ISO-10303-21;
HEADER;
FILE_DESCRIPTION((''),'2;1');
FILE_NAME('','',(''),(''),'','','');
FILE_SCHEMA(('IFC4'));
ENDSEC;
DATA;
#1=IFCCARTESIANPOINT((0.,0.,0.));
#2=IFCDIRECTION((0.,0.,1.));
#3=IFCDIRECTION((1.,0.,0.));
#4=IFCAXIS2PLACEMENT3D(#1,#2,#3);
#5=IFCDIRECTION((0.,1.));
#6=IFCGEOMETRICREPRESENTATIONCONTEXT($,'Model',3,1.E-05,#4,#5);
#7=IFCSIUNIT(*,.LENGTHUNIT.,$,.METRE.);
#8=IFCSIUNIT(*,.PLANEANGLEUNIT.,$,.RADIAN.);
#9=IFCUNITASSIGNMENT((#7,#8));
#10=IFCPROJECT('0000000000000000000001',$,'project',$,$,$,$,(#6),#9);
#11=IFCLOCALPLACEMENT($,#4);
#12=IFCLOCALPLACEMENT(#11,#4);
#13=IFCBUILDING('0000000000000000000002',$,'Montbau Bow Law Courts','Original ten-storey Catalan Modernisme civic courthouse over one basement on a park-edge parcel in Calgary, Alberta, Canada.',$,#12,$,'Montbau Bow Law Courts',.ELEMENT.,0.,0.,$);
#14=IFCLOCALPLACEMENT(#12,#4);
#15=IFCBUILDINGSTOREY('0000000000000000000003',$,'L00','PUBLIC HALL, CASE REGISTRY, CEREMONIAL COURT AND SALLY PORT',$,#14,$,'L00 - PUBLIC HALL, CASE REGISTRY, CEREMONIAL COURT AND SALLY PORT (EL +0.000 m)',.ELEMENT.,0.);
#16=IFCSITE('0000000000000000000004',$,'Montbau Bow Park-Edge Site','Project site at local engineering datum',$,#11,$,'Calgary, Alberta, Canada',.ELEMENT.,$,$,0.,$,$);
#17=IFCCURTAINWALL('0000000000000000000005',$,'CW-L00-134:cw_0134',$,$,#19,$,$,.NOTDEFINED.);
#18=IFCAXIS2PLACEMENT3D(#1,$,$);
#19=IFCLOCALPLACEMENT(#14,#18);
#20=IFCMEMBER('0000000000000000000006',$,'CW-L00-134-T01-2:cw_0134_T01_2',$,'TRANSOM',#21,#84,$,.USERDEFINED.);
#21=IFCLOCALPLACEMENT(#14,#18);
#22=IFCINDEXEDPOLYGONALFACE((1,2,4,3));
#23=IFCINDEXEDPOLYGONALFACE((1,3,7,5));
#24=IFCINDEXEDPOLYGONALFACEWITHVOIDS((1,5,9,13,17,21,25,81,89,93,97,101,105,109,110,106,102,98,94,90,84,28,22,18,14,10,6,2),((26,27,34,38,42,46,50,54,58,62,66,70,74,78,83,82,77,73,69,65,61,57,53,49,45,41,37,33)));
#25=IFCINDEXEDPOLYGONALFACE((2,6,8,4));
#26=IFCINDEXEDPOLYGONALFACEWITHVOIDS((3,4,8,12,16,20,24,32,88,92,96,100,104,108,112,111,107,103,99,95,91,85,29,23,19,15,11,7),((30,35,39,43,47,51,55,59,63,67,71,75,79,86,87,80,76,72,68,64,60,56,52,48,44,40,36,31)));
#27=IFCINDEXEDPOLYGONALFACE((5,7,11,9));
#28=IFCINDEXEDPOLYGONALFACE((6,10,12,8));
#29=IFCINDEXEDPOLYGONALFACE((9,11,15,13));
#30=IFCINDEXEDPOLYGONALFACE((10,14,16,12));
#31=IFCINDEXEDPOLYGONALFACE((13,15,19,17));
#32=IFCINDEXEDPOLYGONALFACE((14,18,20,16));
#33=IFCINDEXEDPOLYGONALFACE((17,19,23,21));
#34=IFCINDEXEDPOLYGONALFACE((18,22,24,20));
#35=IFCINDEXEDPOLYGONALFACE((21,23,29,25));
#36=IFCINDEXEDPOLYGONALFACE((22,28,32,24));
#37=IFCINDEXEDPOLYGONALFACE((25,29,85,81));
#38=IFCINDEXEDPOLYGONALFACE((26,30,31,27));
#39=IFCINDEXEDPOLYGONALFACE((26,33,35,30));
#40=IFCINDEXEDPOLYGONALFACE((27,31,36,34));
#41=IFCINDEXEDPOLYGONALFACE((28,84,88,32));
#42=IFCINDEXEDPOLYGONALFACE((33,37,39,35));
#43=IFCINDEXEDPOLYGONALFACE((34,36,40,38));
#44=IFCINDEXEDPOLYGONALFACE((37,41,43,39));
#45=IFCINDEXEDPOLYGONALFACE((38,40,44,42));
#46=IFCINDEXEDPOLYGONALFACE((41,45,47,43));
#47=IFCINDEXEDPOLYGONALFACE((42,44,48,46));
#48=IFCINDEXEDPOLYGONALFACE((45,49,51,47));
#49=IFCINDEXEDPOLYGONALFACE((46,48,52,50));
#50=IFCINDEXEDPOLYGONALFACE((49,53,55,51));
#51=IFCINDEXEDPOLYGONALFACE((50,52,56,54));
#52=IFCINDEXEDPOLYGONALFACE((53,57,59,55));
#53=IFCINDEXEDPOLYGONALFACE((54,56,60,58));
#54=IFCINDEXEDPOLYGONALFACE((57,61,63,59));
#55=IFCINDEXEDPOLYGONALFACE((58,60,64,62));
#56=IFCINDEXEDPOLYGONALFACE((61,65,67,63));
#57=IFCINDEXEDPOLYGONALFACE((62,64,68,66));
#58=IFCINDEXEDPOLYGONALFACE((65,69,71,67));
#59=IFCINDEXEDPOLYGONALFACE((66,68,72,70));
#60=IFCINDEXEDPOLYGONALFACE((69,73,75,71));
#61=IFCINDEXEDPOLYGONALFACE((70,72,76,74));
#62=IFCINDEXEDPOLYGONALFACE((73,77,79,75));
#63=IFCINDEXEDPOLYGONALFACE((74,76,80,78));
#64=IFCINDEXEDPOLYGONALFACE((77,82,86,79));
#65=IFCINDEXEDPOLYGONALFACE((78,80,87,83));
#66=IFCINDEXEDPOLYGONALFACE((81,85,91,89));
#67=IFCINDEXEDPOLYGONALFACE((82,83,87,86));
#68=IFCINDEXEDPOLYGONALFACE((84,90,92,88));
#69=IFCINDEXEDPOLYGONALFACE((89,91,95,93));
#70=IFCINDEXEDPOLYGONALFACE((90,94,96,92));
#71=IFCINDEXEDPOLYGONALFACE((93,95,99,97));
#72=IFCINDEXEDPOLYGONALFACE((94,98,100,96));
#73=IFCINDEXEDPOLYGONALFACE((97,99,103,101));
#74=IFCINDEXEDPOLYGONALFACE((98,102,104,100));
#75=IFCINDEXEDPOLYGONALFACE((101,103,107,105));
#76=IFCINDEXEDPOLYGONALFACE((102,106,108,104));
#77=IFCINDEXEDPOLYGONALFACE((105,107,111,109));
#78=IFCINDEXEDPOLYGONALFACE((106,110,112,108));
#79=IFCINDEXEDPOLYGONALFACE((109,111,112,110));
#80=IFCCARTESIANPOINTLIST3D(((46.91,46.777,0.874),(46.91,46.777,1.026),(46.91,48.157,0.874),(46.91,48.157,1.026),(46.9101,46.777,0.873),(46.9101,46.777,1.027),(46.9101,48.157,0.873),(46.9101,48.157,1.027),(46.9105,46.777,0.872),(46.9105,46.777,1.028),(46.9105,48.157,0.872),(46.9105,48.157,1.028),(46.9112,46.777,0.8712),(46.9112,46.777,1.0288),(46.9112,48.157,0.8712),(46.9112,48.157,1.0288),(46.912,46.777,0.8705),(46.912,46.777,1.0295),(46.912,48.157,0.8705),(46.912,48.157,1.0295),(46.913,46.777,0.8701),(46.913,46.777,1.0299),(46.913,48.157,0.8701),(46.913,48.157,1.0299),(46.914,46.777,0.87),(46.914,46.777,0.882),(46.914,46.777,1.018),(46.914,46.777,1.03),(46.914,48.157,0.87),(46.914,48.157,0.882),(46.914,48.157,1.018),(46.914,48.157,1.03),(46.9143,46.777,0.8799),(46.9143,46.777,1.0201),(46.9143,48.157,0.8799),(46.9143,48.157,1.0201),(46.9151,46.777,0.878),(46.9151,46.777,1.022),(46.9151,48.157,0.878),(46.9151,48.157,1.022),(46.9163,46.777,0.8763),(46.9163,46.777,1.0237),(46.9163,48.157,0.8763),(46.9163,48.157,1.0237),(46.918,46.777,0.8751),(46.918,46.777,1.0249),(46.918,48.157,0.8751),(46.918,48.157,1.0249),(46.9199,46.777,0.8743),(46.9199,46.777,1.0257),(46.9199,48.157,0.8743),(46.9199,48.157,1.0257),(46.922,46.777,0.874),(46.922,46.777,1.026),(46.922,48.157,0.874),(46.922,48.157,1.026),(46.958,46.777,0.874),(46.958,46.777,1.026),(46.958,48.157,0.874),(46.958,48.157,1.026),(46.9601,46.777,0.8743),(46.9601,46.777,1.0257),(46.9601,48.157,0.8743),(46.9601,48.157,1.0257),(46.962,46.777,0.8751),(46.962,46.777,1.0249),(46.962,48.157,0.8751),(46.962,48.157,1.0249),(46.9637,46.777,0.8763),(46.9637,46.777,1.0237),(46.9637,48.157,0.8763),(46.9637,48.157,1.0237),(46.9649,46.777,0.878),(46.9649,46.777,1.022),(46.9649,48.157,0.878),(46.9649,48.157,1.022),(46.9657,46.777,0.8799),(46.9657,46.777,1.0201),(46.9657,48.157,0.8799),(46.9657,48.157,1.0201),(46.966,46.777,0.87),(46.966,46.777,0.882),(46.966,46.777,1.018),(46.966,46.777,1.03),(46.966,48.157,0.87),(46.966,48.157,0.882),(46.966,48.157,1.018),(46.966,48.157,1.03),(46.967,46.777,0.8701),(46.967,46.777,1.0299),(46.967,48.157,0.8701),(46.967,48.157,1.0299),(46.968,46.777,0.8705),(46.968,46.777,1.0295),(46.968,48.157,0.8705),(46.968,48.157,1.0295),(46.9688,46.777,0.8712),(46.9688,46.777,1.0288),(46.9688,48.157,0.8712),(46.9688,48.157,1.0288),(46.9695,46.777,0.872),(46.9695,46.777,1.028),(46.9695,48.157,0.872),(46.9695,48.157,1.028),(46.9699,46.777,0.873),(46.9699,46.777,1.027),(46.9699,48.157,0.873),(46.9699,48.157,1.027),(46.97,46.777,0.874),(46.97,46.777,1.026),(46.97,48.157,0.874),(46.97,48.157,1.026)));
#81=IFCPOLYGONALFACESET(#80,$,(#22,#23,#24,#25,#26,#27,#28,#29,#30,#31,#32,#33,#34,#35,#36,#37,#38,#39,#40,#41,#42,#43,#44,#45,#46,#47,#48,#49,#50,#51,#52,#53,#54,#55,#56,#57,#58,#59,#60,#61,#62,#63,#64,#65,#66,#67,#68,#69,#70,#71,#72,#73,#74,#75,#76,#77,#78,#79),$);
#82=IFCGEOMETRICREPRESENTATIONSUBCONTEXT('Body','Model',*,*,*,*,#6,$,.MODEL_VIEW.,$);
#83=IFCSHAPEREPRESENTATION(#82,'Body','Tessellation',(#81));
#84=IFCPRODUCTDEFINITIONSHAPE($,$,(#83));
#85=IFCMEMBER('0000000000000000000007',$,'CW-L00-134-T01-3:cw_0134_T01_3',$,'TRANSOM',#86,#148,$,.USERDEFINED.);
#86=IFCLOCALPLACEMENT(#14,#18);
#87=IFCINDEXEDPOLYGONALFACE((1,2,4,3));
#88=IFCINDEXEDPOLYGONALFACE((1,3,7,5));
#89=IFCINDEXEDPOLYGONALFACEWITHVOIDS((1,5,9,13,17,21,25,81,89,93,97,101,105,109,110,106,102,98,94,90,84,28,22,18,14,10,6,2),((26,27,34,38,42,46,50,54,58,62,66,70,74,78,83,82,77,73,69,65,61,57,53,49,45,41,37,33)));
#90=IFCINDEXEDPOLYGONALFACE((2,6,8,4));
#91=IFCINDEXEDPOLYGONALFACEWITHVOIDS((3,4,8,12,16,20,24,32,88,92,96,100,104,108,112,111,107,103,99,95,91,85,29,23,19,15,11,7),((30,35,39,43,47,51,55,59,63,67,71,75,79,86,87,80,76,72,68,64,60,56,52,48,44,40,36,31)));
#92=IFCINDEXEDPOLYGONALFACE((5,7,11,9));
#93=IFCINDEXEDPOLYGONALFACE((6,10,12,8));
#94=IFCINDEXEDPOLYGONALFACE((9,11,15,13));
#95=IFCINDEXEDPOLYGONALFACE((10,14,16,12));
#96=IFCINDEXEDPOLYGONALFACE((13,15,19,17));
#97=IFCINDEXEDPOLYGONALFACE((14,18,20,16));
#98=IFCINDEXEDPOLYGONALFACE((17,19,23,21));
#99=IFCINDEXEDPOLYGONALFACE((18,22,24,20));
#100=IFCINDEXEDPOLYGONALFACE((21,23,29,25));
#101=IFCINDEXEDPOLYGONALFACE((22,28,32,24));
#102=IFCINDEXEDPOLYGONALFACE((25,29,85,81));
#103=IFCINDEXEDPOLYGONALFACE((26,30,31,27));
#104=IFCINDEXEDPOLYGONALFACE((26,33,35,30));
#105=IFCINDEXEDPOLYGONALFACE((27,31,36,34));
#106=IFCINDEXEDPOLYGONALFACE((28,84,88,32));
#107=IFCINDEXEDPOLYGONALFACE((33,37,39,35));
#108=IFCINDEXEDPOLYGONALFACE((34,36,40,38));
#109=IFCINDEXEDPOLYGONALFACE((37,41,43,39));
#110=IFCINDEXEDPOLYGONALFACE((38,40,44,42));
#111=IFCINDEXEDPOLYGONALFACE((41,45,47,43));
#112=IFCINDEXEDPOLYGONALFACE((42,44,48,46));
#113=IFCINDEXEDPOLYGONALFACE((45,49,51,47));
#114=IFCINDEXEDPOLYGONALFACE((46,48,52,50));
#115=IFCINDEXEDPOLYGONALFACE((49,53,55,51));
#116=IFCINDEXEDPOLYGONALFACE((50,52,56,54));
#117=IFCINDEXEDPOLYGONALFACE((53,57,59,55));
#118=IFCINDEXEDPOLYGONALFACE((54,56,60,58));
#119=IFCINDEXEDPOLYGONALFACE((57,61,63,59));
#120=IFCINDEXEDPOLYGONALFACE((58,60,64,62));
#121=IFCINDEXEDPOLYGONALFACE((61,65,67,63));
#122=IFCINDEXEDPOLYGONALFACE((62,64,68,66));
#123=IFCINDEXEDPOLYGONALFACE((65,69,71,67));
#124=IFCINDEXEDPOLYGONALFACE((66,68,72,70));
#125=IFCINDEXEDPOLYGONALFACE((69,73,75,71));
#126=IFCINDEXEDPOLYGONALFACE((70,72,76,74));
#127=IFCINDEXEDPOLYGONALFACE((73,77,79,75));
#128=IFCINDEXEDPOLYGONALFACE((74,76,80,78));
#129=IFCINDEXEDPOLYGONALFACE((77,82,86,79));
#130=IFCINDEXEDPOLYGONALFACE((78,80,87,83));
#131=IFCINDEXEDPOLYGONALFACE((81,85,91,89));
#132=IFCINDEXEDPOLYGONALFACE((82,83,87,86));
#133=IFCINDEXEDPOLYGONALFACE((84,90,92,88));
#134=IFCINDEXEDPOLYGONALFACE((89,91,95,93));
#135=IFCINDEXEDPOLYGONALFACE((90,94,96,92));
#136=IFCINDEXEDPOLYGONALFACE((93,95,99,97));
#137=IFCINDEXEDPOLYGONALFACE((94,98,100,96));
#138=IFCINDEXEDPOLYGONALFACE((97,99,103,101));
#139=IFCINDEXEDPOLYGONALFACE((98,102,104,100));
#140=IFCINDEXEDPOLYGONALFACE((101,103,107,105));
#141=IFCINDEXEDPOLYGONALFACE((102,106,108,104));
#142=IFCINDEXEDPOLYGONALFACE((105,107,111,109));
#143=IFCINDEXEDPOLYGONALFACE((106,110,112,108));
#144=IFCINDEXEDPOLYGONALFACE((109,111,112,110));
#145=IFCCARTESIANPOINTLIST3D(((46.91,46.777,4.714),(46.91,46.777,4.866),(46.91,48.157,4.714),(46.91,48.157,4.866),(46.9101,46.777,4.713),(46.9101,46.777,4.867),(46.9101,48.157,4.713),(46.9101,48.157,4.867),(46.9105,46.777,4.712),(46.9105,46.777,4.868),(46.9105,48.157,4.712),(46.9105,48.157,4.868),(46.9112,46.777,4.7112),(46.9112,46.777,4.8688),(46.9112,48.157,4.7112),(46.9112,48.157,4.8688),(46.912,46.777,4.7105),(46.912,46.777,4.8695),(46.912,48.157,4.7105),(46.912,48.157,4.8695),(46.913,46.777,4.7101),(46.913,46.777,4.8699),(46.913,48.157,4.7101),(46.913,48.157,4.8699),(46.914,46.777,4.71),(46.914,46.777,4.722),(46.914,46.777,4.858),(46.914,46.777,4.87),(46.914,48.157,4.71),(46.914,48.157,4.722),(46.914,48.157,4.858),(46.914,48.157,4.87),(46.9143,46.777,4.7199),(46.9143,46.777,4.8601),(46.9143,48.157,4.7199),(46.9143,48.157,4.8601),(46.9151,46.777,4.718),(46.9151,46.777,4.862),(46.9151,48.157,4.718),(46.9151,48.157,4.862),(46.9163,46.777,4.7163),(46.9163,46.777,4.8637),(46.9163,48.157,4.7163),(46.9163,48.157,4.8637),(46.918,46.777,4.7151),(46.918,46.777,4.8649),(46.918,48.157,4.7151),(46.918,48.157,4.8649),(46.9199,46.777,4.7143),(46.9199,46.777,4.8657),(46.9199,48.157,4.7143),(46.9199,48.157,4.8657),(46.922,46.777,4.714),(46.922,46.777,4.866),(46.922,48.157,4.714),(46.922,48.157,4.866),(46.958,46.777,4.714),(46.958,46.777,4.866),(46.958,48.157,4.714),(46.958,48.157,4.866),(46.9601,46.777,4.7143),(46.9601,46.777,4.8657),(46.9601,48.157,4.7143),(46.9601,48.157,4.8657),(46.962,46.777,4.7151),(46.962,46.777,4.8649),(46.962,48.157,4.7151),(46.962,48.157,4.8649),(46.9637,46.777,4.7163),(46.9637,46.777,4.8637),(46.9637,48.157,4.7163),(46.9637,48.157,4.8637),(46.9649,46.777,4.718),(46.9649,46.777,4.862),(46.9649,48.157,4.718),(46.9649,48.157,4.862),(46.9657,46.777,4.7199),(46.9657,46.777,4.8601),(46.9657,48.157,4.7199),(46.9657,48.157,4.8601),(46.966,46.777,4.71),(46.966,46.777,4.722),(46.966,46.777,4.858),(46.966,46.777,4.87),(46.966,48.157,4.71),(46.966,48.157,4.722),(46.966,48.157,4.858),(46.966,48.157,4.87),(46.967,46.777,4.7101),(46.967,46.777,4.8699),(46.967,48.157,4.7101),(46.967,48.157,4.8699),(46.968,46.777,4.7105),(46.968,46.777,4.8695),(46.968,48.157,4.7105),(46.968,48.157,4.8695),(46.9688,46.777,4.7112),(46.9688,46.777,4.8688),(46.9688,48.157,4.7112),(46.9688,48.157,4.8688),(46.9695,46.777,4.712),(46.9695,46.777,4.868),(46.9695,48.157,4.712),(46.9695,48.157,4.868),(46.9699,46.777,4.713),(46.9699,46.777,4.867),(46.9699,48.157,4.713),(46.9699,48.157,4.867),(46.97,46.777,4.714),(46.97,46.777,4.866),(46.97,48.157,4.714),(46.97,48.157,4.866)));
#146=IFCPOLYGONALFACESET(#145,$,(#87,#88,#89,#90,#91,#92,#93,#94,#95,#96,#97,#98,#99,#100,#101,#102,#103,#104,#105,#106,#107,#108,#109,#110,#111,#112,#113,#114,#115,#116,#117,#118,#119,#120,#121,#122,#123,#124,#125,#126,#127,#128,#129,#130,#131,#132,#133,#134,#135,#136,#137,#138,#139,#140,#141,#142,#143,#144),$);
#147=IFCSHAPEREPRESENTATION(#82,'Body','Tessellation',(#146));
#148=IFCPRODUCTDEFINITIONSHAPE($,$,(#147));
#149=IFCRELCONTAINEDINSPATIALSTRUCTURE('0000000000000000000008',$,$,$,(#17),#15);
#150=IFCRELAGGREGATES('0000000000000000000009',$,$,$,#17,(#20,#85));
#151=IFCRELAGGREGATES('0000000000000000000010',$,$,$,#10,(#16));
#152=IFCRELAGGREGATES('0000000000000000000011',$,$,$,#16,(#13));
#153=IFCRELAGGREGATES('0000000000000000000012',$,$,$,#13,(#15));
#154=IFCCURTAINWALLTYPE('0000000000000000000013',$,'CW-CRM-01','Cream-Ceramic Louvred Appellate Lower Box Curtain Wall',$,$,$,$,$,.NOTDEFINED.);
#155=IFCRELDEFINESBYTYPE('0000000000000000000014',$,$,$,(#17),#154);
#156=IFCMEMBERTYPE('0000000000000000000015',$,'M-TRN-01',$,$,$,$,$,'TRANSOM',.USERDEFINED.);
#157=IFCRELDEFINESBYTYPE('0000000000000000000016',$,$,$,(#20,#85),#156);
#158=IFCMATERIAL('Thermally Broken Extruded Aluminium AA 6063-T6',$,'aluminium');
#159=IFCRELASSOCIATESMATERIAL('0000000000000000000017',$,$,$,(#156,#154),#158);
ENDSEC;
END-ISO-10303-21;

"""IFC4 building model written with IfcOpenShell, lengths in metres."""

from ifc_helpers import new_model, si_unit, direction, frame, origin_with_axes, origin_2d_with_axis, place, context, subcontext, project, spatial, hollow_rectangle, extrude, material, material_profile, profile_set, type_object, element, aggregate, save


model = new_model("IFC4")

# Units and contexts
model_context = context("Model", 3, precision=1e-05, world=origin_with_axes(), true_north=direction((0.0, 1.0)))
body_context = subcontext(model_context, "Body", "Model", "MODEL_VIEW")
ifc_project = project(units=[si_unit("LENGTHUNIT", "METRE"), si_unit("PLANEANGLEUNIT", "RADIAN")], contexts=[model_context])

# Site, building, storey
site_placement = place(None, origin_with_axes())
site = spatial("IfcSite", under=ifc_project, at=site_placement, Name="Montbau Bow Park-Edge Site", Description="Project site at local engineering datum", LongName="Calgary, Alberta, Canada", CompositionType="ELEMENT", RefElevation=0.0)
building_placement = place(site_placement, origin_with_axes())
building = spatial("IfcBuilding", under=site, at=building_placement, Name="Montbau Bow Law Courts", Description="Original ten-storey Catalan Modernisme civic courthouse over one basement on a park-edge parcel in Calgary, Alberta, Canada.", LongName="Montbau Bow Law Courts", CompositionType="ELEMENT", ElevationOfRefHeight=0.0, ElevationOfTerrain=0.0)
storey_placement = place(building_placement, origin_with_axes())
storey = spatial("IfcBuildingStorey", under=building, at=storey_placement, Name="L00", Description="PUBLIC HALL, CASE REGISTRY, CEREMONIAL COURT AND SALLY PORT", LongName="L00 - PUBLIC HALL, CASE REGISTRY, CEREMONIAL COURT AND SALLY PORT (EL +0.000 m)", CompositionType="ELEMENT", Elevation=0.0)

# Curtain wall, members
ifc_material_1 = material(Name="Thermally Broken Extruded Aluminium AA 6063-T6", Category="aluminium")
ifc_material_profile_1 = material_profile(ifc_material_1, hollow_rectangle(XDim=0.06, YDim=0.16, WallThickness=0.004, InnerFilletRadius=0.008, OuterFilletRadius=0.004, at=origin_2d_with_axis()), Name="CWT-160X60", Category="Main", Priority=0)
ifc_profile_set_1 = profile_set([ifc_material_profile_1], Name="Thermally Broken Extruded Aluminium AA 6063-T6")
member_type_1 = type_object("IfcMemberType", Name="M-TRN-01", ElementType="TRANSOM", PredefinedType="USERDEFINED", material=ifc_profile_set_1)
curtain_wall_type_1 = type_object("IfcCurtainWallType", Name="CW-CRM-01", Description="Cream-Ceramic Louvred Appellate Lower Box Curtain Wall", PredefinedType="NOTDEFINED", material=ifc_material_1)
curtain_wall_1_placement = place(None, frame((46.94, 46.715, 0.0), z_axis=(0.0, 0.0, 1.0), x_axis=(1.0, 0.0, 0.0)))
curtain_wall_1 = element("IfcCurtainWall", 1, at=curtain_wall_1_placement, inside=storey, type_object=curtain_wall_type_1, Name="CW-L00-134:cw_0134", PredefinedType="NOTDEFINED")
member_1_placement = place(None, frame((46.94, 46.777, 0.95), z_axis=(0.0, 1.0, 0.0), x_axis=(-1.0, 0.0, 0.0)))
member_1 = element("IfcMember", 2, at=member_1_placement, type_object=member_type_1, Name="CW-L00-134-T01-2:cw_0134_T01_2", ObjectType="TRANSOM", PredefinedType="USERDEFINED", context=body_context, shape_type="SweptSolid", body=[
    extrude(hollow_rectangle(XDim=0.06, YDim=0.16, WallThickness=0.004, InnerFilletRadius=0.008, OuterFilletRadius=0.004, at=origin_2d_with_axis()), origin_with_axes(), (0.0, 0.0, 1.0), 1.38),
])
member_2_placement = place(None, frame((46.94, 46.777, 4.79), z_axis=(0.0, 1.0, 0.0), x_axis=(-1.0, 0.0, 0.0)))
member_2 = element("IfcMember", 3, at=member_2_placement, type_object=member_type_1, Name="CW-L00-134-T01-3:cw_0134_T01_3", ObjectType="TRANSOM", PredefinedType="USERDEFINED", context=body_context, shape_type="SweptSolid", body=[
    extrude(hollow_rectangle(XDim=0.06, YDim=0.16, WallThickness=0.004, InnerFilletRadius=0.008, OuterFilletRadius=0.004, at=origin_2d_with_axis()), origin_with_axes(), (0.0, 0.0, 1.0), 1.38),
])

aggregate(curtain_wall_1, [member_1, member_2])

save(model, "model.ifc")
